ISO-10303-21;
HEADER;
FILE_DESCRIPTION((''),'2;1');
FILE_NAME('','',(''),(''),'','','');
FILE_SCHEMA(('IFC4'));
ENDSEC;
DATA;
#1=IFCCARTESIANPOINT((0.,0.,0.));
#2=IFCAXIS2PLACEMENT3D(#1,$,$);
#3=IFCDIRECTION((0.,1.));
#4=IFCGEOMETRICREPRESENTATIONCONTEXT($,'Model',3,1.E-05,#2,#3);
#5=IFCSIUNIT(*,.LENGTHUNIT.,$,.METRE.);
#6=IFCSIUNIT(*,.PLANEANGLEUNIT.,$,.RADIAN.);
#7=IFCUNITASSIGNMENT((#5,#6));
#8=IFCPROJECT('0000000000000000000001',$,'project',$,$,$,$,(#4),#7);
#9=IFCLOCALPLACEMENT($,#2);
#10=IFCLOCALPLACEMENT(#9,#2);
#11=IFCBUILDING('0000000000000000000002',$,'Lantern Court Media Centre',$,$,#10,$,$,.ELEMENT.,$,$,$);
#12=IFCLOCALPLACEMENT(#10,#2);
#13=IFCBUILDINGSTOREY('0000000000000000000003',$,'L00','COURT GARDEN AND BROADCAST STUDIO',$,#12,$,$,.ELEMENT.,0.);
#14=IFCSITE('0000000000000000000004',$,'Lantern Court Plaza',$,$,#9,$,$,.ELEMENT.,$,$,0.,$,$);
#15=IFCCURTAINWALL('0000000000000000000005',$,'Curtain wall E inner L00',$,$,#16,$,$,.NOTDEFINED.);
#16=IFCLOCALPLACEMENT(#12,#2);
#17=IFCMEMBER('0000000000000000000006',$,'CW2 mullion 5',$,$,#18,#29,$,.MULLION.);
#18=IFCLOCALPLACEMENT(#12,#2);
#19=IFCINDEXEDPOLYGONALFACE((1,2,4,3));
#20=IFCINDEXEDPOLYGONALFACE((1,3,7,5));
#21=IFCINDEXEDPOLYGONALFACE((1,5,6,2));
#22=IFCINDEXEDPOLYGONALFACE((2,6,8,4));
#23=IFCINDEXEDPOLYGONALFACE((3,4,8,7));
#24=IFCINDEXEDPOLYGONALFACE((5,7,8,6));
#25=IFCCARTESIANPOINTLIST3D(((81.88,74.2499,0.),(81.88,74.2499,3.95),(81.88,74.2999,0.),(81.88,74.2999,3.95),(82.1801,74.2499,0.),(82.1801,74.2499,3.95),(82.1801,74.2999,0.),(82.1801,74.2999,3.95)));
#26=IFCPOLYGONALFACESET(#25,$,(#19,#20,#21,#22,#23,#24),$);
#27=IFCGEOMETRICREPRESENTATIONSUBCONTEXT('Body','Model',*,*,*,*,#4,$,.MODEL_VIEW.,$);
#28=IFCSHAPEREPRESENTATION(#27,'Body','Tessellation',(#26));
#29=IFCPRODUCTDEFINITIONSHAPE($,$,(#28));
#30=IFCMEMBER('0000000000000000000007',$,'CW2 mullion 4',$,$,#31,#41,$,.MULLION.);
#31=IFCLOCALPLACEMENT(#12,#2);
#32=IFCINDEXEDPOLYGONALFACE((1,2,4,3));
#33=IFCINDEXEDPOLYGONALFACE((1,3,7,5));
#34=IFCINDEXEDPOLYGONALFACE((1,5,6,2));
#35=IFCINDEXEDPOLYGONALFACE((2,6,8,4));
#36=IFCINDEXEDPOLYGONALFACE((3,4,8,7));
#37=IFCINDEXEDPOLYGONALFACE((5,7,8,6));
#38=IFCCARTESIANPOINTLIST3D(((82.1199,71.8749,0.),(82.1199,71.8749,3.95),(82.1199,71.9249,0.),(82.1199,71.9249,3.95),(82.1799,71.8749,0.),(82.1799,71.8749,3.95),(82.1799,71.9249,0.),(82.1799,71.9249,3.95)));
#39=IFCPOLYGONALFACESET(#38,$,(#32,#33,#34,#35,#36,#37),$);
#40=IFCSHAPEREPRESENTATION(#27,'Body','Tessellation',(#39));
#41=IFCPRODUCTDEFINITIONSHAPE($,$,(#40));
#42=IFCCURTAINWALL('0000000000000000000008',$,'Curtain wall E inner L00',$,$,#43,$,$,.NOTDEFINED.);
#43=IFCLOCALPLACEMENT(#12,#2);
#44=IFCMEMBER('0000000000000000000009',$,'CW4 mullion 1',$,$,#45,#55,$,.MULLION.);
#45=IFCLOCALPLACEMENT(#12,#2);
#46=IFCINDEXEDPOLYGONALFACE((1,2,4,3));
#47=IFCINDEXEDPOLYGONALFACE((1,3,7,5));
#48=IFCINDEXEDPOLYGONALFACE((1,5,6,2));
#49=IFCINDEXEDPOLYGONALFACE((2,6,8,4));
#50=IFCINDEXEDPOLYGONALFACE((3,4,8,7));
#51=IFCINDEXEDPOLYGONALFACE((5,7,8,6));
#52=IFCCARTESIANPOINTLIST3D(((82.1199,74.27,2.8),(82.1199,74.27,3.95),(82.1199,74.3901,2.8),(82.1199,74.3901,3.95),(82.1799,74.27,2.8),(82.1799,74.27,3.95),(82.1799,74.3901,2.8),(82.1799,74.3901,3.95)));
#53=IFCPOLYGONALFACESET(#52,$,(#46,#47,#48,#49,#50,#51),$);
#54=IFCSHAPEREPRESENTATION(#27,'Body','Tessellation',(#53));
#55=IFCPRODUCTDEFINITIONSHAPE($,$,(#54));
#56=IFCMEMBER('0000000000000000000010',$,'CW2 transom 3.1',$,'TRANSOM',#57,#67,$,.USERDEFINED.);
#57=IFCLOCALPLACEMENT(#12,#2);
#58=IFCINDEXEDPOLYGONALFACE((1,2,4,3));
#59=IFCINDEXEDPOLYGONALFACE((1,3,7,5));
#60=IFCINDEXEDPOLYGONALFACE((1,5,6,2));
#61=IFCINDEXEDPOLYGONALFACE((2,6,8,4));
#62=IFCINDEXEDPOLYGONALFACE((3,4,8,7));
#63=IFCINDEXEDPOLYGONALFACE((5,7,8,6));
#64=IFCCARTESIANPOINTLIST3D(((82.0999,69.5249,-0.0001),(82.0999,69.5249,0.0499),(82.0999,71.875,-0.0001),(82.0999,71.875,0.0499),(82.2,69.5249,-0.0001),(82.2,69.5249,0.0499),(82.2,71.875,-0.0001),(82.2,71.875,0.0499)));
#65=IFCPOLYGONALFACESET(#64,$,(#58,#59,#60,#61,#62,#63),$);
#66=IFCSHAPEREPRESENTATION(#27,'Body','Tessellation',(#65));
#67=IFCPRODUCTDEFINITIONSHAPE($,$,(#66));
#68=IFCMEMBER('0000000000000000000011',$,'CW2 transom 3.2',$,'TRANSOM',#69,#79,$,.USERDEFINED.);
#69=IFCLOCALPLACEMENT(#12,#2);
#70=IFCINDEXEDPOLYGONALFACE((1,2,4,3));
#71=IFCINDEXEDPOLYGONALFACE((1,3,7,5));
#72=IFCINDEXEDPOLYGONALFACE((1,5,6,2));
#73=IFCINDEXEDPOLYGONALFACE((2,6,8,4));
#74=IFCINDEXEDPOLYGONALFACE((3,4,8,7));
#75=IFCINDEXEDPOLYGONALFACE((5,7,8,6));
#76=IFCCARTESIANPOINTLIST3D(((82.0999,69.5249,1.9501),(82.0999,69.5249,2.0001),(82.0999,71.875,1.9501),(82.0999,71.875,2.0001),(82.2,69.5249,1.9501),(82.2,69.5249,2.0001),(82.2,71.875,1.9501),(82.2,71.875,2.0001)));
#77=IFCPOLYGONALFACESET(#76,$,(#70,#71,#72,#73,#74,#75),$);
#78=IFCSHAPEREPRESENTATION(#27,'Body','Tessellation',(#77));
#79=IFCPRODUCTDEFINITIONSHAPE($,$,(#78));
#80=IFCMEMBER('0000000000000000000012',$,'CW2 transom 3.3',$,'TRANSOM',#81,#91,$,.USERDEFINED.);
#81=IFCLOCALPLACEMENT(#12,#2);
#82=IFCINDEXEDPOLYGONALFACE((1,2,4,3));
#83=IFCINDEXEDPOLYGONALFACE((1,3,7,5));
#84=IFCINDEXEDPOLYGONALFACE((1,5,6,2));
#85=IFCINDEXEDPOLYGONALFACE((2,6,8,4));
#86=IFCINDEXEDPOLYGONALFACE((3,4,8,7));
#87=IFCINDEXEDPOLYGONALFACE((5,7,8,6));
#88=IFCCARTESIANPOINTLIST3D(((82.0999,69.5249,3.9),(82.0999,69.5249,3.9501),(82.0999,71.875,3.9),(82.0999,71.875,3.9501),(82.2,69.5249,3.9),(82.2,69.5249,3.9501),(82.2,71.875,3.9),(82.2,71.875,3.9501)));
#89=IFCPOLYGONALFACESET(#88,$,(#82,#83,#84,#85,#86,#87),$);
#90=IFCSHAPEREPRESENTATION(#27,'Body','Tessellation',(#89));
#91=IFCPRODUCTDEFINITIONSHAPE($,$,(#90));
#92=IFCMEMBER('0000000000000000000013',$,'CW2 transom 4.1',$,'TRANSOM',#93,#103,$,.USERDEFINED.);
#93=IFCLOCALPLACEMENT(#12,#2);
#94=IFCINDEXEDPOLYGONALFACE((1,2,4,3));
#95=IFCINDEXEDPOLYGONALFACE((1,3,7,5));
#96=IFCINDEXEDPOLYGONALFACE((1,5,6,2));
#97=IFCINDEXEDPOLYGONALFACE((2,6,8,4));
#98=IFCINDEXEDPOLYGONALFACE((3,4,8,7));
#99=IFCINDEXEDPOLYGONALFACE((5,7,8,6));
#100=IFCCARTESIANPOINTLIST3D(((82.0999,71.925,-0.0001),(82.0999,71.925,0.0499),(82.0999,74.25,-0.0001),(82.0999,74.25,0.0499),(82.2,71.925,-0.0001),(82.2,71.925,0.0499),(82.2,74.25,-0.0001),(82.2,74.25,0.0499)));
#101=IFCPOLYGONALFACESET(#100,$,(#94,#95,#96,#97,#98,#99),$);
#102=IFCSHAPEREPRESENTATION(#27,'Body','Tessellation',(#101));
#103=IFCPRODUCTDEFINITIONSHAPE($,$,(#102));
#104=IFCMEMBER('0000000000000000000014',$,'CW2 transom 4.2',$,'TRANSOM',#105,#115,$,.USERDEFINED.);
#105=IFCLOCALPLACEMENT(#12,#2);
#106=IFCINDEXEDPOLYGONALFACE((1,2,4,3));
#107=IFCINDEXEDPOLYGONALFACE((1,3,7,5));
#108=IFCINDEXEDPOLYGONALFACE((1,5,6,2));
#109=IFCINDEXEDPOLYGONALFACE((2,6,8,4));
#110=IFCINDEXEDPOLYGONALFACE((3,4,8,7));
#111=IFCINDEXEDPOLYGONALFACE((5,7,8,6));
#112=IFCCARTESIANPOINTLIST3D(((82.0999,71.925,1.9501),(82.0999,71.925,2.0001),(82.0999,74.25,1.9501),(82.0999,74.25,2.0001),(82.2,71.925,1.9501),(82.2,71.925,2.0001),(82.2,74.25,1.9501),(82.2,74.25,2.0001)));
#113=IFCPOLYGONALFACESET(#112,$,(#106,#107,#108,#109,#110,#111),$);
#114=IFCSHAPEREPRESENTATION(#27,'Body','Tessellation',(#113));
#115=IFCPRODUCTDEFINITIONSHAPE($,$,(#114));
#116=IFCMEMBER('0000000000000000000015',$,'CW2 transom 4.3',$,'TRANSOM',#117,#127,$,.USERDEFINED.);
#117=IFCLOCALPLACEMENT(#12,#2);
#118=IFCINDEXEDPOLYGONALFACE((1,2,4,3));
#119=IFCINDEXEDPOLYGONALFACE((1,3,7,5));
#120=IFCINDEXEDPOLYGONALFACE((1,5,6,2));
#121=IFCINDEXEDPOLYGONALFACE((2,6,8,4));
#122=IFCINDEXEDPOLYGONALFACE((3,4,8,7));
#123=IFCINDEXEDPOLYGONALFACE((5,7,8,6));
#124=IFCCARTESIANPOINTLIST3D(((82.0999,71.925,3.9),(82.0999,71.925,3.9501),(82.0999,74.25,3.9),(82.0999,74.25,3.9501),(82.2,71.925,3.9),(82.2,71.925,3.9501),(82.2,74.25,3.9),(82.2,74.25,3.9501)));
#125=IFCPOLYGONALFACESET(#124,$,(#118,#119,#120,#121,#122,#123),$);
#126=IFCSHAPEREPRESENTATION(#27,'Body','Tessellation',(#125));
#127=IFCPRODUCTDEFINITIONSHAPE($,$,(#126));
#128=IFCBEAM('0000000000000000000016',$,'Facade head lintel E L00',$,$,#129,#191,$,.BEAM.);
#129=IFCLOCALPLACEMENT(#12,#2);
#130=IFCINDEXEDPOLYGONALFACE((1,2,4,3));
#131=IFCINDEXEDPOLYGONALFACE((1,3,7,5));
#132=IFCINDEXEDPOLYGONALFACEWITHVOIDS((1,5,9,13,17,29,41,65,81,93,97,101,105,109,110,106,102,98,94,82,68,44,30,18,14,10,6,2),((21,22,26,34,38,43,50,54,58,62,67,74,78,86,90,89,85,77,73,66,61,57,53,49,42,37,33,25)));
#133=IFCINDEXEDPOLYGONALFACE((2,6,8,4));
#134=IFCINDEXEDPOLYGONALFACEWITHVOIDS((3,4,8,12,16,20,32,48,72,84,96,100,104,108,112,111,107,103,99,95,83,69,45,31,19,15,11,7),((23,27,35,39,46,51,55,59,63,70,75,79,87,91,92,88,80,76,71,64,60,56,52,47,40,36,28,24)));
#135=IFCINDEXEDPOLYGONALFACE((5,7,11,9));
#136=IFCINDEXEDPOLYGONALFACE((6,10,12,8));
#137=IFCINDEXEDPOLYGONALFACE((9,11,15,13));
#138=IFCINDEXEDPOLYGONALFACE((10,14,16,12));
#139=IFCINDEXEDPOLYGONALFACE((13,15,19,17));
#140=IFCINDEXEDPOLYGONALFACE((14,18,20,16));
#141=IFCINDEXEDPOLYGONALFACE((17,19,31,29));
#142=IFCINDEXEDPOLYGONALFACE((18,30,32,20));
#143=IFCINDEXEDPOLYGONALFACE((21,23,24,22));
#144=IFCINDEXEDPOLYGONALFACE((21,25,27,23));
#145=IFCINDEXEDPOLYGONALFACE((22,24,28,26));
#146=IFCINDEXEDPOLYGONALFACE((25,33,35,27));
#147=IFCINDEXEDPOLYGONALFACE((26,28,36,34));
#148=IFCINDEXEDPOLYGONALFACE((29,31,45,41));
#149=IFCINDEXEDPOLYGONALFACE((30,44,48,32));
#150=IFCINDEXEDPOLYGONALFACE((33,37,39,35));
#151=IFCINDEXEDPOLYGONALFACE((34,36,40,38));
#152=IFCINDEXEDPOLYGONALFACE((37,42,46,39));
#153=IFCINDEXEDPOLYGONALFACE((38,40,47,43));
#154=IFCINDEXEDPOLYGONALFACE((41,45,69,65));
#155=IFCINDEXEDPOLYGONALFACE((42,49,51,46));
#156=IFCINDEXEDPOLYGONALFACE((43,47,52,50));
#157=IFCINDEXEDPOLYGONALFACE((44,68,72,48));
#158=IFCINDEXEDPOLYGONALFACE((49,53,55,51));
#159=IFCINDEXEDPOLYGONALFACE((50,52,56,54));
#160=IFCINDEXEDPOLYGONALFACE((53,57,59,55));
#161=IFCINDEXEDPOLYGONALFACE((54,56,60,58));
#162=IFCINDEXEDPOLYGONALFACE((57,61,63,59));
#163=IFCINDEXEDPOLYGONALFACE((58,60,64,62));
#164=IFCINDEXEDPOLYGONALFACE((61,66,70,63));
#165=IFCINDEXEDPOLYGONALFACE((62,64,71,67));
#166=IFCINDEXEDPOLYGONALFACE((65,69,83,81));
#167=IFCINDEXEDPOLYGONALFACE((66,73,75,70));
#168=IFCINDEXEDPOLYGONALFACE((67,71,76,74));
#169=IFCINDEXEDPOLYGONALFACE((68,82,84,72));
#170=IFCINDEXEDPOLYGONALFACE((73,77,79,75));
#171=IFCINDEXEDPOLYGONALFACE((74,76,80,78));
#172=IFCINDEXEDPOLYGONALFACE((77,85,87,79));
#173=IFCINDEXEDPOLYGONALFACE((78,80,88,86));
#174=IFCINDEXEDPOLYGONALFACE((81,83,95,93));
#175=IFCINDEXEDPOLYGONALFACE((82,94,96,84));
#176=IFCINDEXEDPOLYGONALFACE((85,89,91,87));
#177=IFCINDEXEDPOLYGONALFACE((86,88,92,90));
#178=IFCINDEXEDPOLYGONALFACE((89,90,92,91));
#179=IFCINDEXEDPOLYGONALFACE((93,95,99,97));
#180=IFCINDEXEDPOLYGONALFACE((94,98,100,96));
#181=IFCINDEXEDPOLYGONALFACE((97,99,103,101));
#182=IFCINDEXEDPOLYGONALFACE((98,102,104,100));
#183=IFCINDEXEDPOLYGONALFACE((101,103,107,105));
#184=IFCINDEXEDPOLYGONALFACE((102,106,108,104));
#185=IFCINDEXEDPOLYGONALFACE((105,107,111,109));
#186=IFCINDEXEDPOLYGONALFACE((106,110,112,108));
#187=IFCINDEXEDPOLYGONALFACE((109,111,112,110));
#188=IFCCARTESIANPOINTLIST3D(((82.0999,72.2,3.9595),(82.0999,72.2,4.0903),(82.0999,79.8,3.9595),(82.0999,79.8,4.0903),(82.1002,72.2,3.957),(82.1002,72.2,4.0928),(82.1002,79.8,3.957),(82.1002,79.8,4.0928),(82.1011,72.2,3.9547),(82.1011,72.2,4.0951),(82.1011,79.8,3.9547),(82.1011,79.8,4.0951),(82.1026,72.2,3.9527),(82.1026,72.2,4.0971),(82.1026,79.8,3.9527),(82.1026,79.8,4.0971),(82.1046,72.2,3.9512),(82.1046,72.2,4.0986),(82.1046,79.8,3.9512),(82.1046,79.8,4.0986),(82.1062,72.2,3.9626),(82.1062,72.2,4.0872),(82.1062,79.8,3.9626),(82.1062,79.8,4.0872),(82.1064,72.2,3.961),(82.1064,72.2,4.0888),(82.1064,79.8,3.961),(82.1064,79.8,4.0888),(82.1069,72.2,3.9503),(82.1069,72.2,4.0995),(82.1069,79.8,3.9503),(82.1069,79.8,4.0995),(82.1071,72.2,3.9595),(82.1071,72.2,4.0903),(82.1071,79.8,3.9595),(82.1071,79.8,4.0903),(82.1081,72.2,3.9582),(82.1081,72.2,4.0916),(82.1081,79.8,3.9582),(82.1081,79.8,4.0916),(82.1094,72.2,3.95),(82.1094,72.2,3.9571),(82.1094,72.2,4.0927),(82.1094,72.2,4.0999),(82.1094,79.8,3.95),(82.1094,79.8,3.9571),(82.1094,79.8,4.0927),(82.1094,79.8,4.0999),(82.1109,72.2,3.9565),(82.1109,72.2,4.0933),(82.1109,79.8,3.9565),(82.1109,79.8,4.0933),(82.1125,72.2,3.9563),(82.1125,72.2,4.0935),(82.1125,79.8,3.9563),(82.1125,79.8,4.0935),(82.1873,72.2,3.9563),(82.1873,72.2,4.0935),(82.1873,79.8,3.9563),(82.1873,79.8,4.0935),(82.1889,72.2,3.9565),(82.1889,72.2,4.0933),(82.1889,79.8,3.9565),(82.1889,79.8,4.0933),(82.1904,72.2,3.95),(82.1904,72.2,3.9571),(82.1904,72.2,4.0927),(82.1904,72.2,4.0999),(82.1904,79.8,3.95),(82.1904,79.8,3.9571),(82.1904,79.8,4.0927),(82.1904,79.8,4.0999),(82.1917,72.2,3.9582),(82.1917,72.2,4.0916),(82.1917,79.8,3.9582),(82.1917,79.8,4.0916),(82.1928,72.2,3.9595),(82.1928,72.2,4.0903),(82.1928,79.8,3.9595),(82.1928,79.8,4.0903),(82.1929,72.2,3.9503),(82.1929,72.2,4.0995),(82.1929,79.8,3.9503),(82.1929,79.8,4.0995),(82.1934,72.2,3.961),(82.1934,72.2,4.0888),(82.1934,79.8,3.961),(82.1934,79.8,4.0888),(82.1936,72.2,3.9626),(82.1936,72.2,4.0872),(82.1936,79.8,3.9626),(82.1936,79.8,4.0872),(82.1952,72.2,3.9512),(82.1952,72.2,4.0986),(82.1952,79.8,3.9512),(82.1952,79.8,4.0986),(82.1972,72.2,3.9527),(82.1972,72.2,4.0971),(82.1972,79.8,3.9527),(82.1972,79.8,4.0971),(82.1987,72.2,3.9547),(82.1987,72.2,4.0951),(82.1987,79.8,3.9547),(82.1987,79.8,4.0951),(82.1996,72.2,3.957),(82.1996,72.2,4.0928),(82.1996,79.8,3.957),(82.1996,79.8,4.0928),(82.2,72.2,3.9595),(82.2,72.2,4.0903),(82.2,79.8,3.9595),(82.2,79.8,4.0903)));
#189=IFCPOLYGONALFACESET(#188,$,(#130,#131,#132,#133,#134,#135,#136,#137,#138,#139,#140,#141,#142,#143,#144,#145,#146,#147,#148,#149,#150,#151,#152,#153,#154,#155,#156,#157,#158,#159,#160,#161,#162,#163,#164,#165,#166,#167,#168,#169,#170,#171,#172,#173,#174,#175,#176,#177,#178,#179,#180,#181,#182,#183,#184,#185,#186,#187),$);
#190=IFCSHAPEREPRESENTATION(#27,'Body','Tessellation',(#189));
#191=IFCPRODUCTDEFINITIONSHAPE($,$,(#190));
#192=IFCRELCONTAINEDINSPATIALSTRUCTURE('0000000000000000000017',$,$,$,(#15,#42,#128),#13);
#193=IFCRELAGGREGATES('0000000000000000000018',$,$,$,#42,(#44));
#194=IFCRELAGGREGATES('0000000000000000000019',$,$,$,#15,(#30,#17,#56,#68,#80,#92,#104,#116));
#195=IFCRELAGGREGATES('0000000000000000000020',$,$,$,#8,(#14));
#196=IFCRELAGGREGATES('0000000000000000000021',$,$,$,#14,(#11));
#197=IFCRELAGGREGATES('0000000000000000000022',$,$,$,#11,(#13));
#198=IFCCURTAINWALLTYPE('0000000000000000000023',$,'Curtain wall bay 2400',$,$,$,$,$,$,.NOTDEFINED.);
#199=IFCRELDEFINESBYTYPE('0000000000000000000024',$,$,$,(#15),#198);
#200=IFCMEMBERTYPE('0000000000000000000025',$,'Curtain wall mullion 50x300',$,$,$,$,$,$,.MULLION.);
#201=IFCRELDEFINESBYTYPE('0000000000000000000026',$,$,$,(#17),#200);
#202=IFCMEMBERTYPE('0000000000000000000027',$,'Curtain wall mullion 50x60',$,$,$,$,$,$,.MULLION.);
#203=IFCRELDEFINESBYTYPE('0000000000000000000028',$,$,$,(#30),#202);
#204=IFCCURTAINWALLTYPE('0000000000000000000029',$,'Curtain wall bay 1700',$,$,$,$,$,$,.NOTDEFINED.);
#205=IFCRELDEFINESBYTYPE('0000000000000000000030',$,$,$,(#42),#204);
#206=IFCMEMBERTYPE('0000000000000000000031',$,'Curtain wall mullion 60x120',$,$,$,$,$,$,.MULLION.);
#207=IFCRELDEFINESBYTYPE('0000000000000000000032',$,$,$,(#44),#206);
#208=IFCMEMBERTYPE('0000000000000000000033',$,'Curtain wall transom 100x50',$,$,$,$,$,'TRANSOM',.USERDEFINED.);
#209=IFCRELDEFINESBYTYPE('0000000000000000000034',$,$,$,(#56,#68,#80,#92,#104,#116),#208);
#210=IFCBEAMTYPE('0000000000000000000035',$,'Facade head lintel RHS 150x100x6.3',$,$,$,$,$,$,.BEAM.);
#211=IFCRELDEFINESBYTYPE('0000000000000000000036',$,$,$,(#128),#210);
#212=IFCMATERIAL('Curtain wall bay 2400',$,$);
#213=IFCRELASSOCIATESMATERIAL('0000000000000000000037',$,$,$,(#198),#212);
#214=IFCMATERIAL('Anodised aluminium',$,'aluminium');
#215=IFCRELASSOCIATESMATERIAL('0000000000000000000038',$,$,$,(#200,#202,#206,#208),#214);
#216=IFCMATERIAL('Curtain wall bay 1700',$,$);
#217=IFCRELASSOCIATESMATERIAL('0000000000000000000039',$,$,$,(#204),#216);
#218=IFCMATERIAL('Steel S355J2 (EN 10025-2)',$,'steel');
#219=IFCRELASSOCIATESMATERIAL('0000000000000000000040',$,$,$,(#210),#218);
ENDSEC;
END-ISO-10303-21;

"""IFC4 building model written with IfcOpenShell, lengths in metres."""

from ifc_helpers import new_model, si_unit, direction, frame, origin, origin_2d, place, context, subcontext, project, spatial, rectangle, hollow_rectangle, extrude, material, material_profile, profile_set, type_object, element, aggregate, save


model = new_model("IFC4")

# Units and contexts
model_context = context("Model", 3, precision=1e-05, world=origin(), true_north=direction((0.0, 1.0)))
body_context = subcontext(model_context, "Body", "Model", "MODEL_VIEW")
ifc_project = project(units=[si_unit("LENGTHUNIT", "METRE"), si_unit("PLANEANGLEUNIT", "RADIAN")], contexts=[model_context])

# Site, building, storey
site_placement = place(None, origin())
site = spatial("IfcSite", under=ifc_project, at=site_placement, Name="Lantern Court Plaza", CompositionType="ELEMENT", RefElevation=0.0)
building_placement = place(site_placement, origin())
building = spatial("IfcBuilding", under=site, at=building_placement, Name="Lantern Court Media Centre", CompositionType="ELEMENT")
storey_placement = place(building_placement, origin())
storey = spatial("IfcBuildingStorey", under=building, at=storey_placement, Name="L00", Description="COURT GARDEN AND BROADCAST STUDIO", CompositionType="ELEMENT", Elevation=0.0)

# Curtain wall, members
ifc_material_1 = material(Name="Curtain wall bay 2400")
curtain_wall_type_1 = type_object("IfcCurtainWallType", Name="Curtain wall bay 2400", PredefinedType="NOTDEFINED", material=ifc_material_1)
curtain_wall_1_placement = place(storey_placement, origin())
curtain_wall_1 = element("IfcCurtainWall", 1, at=curtain_wall_1_placement, inside=storey, type_object=curtain_wall_type_1, Name="Curtain wall E inner L00", PredefinedType="NOTDEFINED")
ifc_material_2 = material(Name="Anodised aluminium", Category="aluminium")
ifc_material_profile_1 = material_profile(ifc_material_2, rectangle(XDim=0.3, YDim=0.05, at=origin_2d()), Name="AL 50x300")
ifc_profile_set_1 = profile_set([ifc_material_profile_1], Name="Anodised aluminium")
member_type_1 = type_object("IfcMemberType", Name="Curtain wall mullion 50x300", PredefinedType="MULLION", material=ifc_profile_set_1)
member_1_placement = place(storey_placement, frame((82.03, 74.2749, 0.0), z_axis=(0.0, 0.0, 1.0), x_axis=(-1.0, 0.0, 0.0)))
member_1 = element("IfcMember", 2, at=member_1_placement, type_object=member_type_1, Name="CW2 mullion 5", PredefinedType="MULLION", context=body_context, shape_type="SweptSolid", body=[
    extrude(rectangle(XDim=0.3, YDim=0.05, at=origin_2d()), origin(), (0.0, 0.0, 1.0), 3.95),
])
ifc_material_profile_2 = material_profile(ifc_material_2, rectangle(XDim=0.0601, YDim=0.05, at=origin_2d()), Name="AL 50x60")
ifc_profile_set_2 = profile_set([ifc_material_profile_2], Name="Anodised aluminium")
member_type_2 = type_object("IfcMemberType", Name="Curtain wall mullion 50x60", PredefinedType="MULLION", material=ifc_profile_set_2)
member_2_placement = place(storey_placement, frame((82.1499, 71.8999, 0.0), z_axis=(0.0, 0.0, 1.0), x_axis=(-1.0, 0.0, 0.0)))
member_2 = element("IfcMember", 3, at=member_2_placement, type_object=member_type_2, Name="CW2 mullion 4", PredefinedType="MULLION", context=body_context, shape_type="SweptSolid", body=[
    extrude(rectangle(XDim=0.0601, YDim=0.05, at=origin_2d()), origin(), (0.0, 0.0, 1.0), 3.95),
])

# Curtain wall, member
ifc_material_3 = material(Name="Curtain wall bay 1700")
curtain_wall_type_2 = type_object("IfcCurtainWallType", Name="Curtain wall bay 1700", PredefinedType="NOTDEFINED", material=ifc_material_3)
curtain_wall_2_placement = place(storey_placement, origin())
curtain_wall_2 = element("IfcCurtainWall", 4, at=curtain_wall_2_placement, inside=storey, type_object=curtain_wall_type_2, Name="Curtain wall E inner L00", PredefinedType="NOTDEFINED")
ifc_material_profile_3 = material_profile(ifc_material_2, rectangle(XDim=0.0601, YDim=0.1201, at=origin_2d()), Name="AL 60x120")
ifc_profile_set_3 = profile_set([ifc_material_profile_3], Name="Anodised aluminium")
member_type_3 = type_object("IfcMemberType", Name="Curtain wall mullion 60x120", PredefinedType="MULLION", material=ifc_profile_set_3)
member_3_placement = place(storey_placement, frame((82.1499, 74.3301, 2.8), z_axis=(0.0, 0.0, 1.0), x_axis=(-1.0, 0.0, 0.0)))
member_3 = element("IfcMember", 5, at=member_3_placement, type_object=member_type_3, Name="CW4 mullion 1", PredefinedType="MULLION", context=body_context, shape_type="SweptSolid", body=[
    extrude(rectangle(XDim=0.0601, YDim=0.1201, at=origin_2d()), origin(), (0.0, 0.0, 1.0), 1.1499),
])
aggregate(curtain_wall_2, [member_3])

# Members
ifc_material_profile_4 = material_profile(ifc_material_2, rectangle(XDim=0.1001, YDim=0.05, at=origin_2d()), Name="AL 50x100")
ifc_profile_set_4 = profile_set([ifc_material_profile_4], Name="Anodised aluminium")
member_type_4 = type_object("IfcMemberType", Name="Curtain wall transom 100x50", ElementType="TRANSOM", PredefinedType="USERDEFINED", material=ifc_profile_set_4)
member_4_placement = place(storey_placement, frame((82.1499, 69.5249, 0.0249), z_axis=(0.0, 1.0, 0.0), x_axis=(-1.0, 0.0, 0.0)))
member_4 = element("IfcMember", 6, at=member_4_placement, type_object=member_type_4, Name="CW2 transom 3.1", ObjectType="TRANSOM", PredefinedType="USERDEFINED", context=body_context, shape_type="SweptSolid", body=[
    extrude(rectangle(XDim=0.1001, YDim=0.05, at=origin_2d()), origin(), (0.0, 0.0, 1.0), 2.3501),
])
member_5_placement = place(storey_placement, frame((82.1499, 69.5249, 1.9751), z_axis=(0.0, 1.0, 0.0), x_axis=(-1.0, 0.0, 0.0)))
member_5 = element("IfcMember", 7, at=member_5_placement, type_object=member_type_4, Name="CW2 transom 3.2", ObjectType="TRANSOM", PredefinedType="USERDEFINED", context=body_context, shape_type="SweptSolid", body=[
    extrude(rectangle(XDim=0.1001, YDim=0.05, at=origin_2d()), origin(), (0.0, 0.0, 1.0), 2.3501),
])
member_6_placement = place(storey_placement, frame((82.1499, 69.5249, 3.925), z_axis=(0.0, 1.0, 0.0), x_axis=(-1.0, 0.0, 0.0)))
member_6 = element("IfcMember", 8, at=member_6_placement, type_object=member_type_4, Name="CW2 transom 3.3", ObjectType="TRANSOM", PredefinedType="USERDEFINED", context=body_context, shape_type="SweptSolid", body=[
    extrude(rectangle(XDim=0.1001, YDim=0.05, at=origin_2d()), origin(), (0.0, 0.0, 1.0), 2.3501),
])
member_7_placement = place(storey_placement, frame((82.1499, 71.925, 0.0249), z_axis=(0.0, 1.0, 0.0), x_axis=(-1.0, 0.0, 0.0)))
member_7 = element("IfcMember", 9, at=member_7_placement, type_object=member_type_4, Name="CW2 transom 4.1", ObjectType="TRANSOM", PredefinedType="USERDEFINED", context=body_context, shape_type="SweptSolid", body=[
    extrude(rectangle(XDim=0.1001, YDim=0.05, at=origin_2d()), origin(), (0.0, 0.0, 1.0), 2.325),
])
member_8_placement = place(storey_placement, frame((82.1499, 71.925, 1.9751), z_axis=(0.0, 1.0, 0.0), x_axis=(-1.0, 0.0, 0.0)))
member_8 = element("IfcMember", 10, at=member_8_placement, type_object=member_type_4, Name="CW2 transom 4.2", ObjectType="TRANSOM", PredefinedType="USERDEFINED", context=body_context, shape_type="SweptSolid", body=[
    extrude(rectangle(XDim=0.1001, YDim=0.05, at=origin_2d()), origin(), (0.0, 0.0, 1.0), 2.325),
])
member_9_placement = place(storey_placement, frame((82.1499, 71.925, 3.925), z_axis=(0.0, 1.0, 0.0), x_axis=(-1.0, 0.0, 0.0)))
member_9 = element("IfcMember", 11, at=member_9_placement, type_object=member_type_4, Name="CW2 transom 4.3", ObjectType="TRANSOM", PredefinedType="USERDEFINED", context=body_context, shape_type="SweptSolid", body=[
    extrude(rectangle(XDim=0.1001, YDim=0.05, at=origin_2d()), origin(), (0.0, 0.0, 1.0), 2.325),
])

# Beam
ifc_material_4 = material(Name="Steel S355J2 (EN 10025-2)", Category="steel")
ifc_material_profile_5 = material_profile(ifc_material_4, hollow_rectangle(XDim=0.1001, YDim=0.1499, WallThickness=0.0063, InnerFilletRadius=0.0063, OuterFilletRadius=0.0095, at=origin_2d()), Name="Facade head lintel RHS 150x100x6.3")
ifc_profile_set_5 = profile_set([ifc_material_profile_5], Name="Steel S355J2 (EN 10025-2)")
beam_type_1 = type_object("IfcBeamType", Name="Facade head lintel RHS 150x100x6.3", PredefinedType="BEAM", material=ifc_profile_set_5)
beam_1_placement = place(storey_placement, frame((82.1499, 72.2, 4.0249), z_axis=(0.0, 1.0, 0.0), x_axis=(-1.0, 0.0, 0.0)))
element("IfcBeam", 12, at=beam_1_placement, inside=storey, type_object=beam_type_1, Name="Facade head lintel E L00", PredefinedType="BEAM", context=body_context, shape_type="SweptSolid", body=[
    extrude(hollow_rectangle(XDim=0.1001, YDim=0.1499, WallThickness=0.0063, InnerFilletRadius=0.0063, OuterFilletRadius=0.0095, at=origin_2d()), origin(), (0.0, 0.0, 1.0), 7.6001),
])

aggregate(curtain_wall_1, [member_2, member_1, member_4, member_5, member_6, member_7, member_8, member_9])

save(model, "model.ifc")
